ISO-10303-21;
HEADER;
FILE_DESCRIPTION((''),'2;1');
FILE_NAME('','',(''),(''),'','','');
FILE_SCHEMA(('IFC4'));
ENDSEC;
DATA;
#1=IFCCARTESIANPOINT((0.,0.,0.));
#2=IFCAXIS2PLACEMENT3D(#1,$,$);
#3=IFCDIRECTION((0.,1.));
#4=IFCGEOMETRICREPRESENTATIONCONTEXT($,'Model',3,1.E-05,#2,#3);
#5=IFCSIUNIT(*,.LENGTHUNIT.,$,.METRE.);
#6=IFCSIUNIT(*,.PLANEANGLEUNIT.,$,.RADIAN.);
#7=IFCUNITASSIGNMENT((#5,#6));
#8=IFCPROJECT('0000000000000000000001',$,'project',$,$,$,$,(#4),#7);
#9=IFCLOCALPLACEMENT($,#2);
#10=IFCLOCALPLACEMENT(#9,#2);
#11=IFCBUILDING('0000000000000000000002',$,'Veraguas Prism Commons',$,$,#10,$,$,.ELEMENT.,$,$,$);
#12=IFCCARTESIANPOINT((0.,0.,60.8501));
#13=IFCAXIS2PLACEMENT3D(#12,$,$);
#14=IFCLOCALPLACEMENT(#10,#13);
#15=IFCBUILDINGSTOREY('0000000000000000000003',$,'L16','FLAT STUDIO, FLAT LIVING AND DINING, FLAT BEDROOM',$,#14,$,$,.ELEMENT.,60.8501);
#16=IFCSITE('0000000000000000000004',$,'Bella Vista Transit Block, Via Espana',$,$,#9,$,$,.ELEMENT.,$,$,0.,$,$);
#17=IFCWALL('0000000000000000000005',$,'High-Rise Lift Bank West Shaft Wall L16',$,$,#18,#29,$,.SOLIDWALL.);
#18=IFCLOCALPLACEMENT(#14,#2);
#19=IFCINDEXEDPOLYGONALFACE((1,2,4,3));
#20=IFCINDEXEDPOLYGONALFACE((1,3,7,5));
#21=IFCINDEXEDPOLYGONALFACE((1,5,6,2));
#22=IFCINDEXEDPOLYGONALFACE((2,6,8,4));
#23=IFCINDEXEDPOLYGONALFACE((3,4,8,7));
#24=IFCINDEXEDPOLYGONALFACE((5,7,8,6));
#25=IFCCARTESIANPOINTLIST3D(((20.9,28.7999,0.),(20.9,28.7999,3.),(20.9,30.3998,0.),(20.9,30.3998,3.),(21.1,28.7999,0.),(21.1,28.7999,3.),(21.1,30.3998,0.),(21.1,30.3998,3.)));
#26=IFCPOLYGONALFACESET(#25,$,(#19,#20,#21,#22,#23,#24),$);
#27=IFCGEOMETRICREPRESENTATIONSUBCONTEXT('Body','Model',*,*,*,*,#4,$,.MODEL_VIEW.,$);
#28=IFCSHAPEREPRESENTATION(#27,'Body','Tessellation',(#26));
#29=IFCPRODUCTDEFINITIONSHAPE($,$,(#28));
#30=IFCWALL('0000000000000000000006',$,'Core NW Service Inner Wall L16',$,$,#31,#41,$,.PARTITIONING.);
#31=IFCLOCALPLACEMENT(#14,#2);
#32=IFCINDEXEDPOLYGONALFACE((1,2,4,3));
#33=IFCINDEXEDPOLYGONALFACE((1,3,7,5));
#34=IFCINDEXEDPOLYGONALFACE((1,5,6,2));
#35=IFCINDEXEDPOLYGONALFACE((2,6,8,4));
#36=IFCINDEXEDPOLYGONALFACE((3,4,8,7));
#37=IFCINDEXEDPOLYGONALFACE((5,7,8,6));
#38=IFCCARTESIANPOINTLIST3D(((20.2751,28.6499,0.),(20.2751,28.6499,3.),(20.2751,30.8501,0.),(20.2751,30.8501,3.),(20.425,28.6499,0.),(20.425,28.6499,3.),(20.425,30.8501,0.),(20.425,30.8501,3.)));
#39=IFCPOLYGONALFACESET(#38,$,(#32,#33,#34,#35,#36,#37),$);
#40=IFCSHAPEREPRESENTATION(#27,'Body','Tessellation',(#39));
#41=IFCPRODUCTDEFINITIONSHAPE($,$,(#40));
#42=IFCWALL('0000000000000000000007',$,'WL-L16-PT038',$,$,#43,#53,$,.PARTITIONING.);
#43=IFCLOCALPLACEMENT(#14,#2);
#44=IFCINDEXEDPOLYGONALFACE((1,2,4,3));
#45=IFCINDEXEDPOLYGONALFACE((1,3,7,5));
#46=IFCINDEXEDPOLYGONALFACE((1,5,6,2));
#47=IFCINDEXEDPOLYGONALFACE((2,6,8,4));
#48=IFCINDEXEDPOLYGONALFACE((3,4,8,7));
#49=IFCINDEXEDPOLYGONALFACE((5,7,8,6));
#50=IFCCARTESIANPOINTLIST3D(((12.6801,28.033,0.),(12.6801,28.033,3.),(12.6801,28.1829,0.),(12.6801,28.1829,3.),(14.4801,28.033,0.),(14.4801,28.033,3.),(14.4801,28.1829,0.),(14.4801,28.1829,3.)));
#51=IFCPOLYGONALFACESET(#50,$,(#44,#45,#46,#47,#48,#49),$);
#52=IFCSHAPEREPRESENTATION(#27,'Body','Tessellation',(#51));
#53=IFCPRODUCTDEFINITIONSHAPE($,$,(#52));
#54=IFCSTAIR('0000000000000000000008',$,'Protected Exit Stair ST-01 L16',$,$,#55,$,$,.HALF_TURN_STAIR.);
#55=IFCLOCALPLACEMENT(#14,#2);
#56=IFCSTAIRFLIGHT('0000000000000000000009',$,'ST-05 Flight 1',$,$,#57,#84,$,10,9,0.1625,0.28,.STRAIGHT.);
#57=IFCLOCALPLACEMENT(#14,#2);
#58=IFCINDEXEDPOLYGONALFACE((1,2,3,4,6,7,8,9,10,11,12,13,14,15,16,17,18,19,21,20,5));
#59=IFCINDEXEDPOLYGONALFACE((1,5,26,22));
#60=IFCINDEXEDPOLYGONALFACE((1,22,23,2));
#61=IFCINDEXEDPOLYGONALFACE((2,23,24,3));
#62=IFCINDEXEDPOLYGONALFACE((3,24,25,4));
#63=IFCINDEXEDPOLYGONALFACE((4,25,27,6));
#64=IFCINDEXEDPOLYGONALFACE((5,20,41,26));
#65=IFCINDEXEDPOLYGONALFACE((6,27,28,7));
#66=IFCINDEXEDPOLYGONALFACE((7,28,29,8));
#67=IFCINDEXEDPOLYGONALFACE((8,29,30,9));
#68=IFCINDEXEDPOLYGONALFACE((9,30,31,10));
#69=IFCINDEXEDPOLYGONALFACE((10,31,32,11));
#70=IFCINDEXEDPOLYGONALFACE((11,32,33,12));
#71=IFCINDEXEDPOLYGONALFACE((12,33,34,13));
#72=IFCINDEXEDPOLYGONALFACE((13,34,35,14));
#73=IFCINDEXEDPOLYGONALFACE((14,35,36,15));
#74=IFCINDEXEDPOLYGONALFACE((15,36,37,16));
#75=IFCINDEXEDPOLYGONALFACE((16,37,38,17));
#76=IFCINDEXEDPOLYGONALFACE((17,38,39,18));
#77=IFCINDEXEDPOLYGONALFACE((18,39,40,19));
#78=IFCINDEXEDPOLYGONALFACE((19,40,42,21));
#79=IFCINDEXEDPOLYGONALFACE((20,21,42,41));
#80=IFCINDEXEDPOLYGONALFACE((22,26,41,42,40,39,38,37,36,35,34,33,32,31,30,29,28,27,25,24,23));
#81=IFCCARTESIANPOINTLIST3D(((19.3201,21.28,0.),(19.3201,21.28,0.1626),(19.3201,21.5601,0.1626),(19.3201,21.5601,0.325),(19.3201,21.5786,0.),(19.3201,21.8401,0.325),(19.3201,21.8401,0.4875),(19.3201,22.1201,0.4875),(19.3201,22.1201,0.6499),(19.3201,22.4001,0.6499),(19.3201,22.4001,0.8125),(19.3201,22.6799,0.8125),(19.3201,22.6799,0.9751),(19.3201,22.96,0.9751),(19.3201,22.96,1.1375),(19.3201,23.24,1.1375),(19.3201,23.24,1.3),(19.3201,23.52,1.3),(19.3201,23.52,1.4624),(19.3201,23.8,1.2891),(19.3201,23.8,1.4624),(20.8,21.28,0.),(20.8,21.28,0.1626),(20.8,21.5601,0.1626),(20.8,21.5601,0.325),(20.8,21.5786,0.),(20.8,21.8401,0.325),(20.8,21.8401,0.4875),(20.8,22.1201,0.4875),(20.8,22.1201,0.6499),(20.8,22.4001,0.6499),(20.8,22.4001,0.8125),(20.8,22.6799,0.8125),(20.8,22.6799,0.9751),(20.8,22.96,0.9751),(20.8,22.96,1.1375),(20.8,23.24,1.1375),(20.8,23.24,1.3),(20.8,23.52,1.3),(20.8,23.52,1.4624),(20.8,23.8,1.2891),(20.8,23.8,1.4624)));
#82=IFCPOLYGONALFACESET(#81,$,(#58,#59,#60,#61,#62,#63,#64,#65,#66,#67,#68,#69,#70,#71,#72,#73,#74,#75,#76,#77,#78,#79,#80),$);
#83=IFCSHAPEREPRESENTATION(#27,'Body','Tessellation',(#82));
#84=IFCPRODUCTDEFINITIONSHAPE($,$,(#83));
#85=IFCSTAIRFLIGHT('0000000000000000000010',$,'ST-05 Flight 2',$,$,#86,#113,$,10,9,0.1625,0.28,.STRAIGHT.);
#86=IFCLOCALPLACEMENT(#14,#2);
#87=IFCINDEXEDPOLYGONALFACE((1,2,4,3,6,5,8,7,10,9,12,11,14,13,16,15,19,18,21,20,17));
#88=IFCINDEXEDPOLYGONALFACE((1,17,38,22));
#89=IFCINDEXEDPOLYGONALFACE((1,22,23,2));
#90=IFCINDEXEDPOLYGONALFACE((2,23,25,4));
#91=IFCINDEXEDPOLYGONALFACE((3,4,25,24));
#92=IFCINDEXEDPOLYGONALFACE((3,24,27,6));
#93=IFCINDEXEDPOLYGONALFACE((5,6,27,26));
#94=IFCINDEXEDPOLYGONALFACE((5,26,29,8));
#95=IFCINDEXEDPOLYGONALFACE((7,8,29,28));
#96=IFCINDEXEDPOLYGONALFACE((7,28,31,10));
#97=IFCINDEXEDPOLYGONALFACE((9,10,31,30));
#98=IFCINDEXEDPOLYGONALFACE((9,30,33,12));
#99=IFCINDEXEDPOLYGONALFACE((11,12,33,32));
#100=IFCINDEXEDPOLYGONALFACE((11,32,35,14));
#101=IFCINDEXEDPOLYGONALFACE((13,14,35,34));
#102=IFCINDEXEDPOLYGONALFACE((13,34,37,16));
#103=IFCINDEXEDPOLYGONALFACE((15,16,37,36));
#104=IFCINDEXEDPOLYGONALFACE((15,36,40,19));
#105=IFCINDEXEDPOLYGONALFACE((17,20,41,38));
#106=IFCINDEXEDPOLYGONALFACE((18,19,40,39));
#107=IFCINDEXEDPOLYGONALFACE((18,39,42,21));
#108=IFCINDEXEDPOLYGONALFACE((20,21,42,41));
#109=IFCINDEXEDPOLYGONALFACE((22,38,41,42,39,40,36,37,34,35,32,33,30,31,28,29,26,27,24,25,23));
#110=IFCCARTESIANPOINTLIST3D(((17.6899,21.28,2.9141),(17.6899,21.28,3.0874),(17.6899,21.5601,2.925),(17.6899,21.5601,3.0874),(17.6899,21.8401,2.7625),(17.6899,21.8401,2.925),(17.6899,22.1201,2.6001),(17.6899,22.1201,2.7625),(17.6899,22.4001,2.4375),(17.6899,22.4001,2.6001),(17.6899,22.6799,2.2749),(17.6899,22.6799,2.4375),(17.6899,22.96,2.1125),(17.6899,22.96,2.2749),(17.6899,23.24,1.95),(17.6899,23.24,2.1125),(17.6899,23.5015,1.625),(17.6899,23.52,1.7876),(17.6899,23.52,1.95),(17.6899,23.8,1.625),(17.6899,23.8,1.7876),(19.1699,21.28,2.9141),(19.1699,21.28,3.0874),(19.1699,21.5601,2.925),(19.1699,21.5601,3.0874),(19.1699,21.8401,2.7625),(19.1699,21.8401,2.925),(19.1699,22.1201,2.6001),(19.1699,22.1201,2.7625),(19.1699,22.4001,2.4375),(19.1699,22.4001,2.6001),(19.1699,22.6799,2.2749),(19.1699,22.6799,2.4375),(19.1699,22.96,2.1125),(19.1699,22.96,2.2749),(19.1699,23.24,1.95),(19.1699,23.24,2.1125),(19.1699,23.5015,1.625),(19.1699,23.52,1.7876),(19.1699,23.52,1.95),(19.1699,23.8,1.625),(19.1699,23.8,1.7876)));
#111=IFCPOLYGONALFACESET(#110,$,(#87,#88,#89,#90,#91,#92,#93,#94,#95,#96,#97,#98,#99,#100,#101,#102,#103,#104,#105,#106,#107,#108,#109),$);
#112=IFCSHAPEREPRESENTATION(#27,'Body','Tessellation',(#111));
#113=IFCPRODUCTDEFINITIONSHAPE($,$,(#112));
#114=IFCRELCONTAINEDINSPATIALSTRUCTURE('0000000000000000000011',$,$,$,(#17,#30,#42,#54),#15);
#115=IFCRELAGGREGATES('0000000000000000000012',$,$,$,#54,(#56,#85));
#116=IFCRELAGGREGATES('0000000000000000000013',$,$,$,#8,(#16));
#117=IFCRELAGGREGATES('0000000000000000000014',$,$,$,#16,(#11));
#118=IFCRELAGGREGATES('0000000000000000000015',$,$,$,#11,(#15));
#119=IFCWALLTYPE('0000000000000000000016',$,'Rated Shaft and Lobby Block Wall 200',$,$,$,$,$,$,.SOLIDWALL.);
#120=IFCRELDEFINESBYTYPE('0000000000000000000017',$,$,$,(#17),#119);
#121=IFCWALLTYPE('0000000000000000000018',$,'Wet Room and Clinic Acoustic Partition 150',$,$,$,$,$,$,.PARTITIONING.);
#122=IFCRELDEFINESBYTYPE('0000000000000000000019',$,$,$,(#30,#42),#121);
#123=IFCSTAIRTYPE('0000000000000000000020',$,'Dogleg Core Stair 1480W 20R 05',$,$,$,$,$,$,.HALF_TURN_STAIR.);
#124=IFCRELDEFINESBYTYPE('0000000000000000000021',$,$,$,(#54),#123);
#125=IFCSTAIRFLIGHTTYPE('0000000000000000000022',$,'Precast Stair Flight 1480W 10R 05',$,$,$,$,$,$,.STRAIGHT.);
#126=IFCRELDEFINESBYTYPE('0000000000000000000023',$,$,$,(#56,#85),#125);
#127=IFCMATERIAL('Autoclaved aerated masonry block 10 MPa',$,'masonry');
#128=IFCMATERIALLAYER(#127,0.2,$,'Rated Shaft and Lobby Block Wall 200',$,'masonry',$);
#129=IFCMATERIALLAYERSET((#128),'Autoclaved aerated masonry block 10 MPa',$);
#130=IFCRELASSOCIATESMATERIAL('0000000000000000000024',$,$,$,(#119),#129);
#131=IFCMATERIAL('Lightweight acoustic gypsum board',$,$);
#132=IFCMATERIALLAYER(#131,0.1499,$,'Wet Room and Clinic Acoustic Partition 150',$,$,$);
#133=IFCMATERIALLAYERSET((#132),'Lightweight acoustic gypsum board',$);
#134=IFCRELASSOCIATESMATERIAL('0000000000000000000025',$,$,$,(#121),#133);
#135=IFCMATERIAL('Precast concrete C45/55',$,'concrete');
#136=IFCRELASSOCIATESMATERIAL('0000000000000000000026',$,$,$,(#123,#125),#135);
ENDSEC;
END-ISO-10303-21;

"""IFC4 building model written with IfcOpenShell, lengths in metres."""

from ifc_helpers import new_model, si_unit, direction, frame, frame_2d, origin, place, context, subcontext, project, spatial, polyline, rectangle, outline, extrude, material, layer, layer_set, type_object, element, aggregate, save


model = new_model("IFC4")

# Units and contexts
model_context = context("Model", 3, precision=1e-05, world=origin(), true_north=direction((0.0, 1.0)))
body_context = subcontext(model_context, "Body", "Model", "MODEL_VIEW")
ifc_project = project(units=[si_unit("LENGTHUNIT", "METRE"), si_unit("PLANEANGLEUNIT", "RADIAN")], contexts=[model_context])

# Site, building, storey
site_placement = place(None, origin())
site = spatial("IfcSite", under=ifc_project, at=site_placement, Name="Bella Vista Transit Block, Via Espana", CompositionType="ELEMENT", RefElevation=0.0)
building_placement = place(site_placement, origin())
building = spatial("IfcBuilding", under=site, at=building_placement, Name="Veraguas Prism Commons", CompositionType="ELEMENT")
storey_placement = place(building_placement, frame((0.0, 0.0, 60.8501)))
storey = spatial("IfcBuildingStorey", under=building, at=storey_placement, Name="L16", Description="FLAT STUDIO, FLAT LIVING AND DINING, FLAT BEDROOM", CompositionType="ELEMENT", Elevation=60.8501)

# Shared definitions
ifc_material_1 = material(Name="Autoclaved aerated masonry block 10 MPa", Category="masonry")

# Shared definitions
ifc_material_2 = material(Name="Lightweight acoustic gypsum board")

# Walls
ifc_layer_1 = layer(ifc_material_1, 0.2, Name="Rated Shaft and Lobby Block Wall 200", Category="masonry")
ifc_layer_set_1 = layer_set([ifc_layer_1], Name="Autoclaved aerated masonry block 10 MPa")
wall_type_1 = type_object("IfcWallType", Name="Rated Shaft and Lobby Block Wall 200", PredefinedType="SOLIDWALL", material=ifc_layer_set_1)
wall_1_placement = place(storey_placement, frame((21.0, 28.8, 0.0), z_axis=(0.0, 0.0, 1.0), x_axis=(0.0, 1.0, 0.0)))
element("IfcWall", 1, at=wall_1_placement, inside=storey, type_object=wall_type_1, Name="High-Rise Lift Bank West Shaft Wall L16", PredefinedType="SOLIDWALL", context=body_context, shape_type="SweptSolid", body=[
    extrude(rectangle(XDim=1.5999, YDim=0.2, at=frame_2d((0.7998, 0.0))), origin(), (0.0, 0.0, 1.0), 3.0),
])
ifc_layer_2 = layer(ifc_material_2, 0.1499, Name="Wet Room and Clinic Acoustic Partition 150")
ifc_layer_set_2 = layer_set([ifc_layer_2], Name="Lightweight acoustic gypsum board")
wall_type_2 = type_object("IfcWallType", Name="Wet Room and Clinic Acoustic Partition 150", PredefinedType="PARTITIONING", material=ifc_layer_set_2)
wall_2_placement = place(storey_placement, frame((20.3501, 28.6499, 0.0), z_axis=(0.0, 0.0, 1.0), x_axis=(0.0, 1.0, 0.0)))
element("IfcWall", 2, at=wall_2_placement, inside=storey, type_object=wall_type_2, Name="Core NW Service Inner Wall L16", PredefinedType="PARTITIONING", context=body_context, shape_type="SweptSolid", body=[
    extrude(rectangle(XDim=2.2002, YDim=0.1499, at=frame_2d((1.1001, 0.0))), origin(), (0.0, 0.0, 1.0), 3.0),
])
wall_3_placement = place(storey_placement, frame((14.48, 28.1079, 0.0), z_axis=(0.0, 0.0, 1.0), x_axis=(-1.0, 0.0, 0.0)))
element("IfcWall", 3, at=wall_3_placement, inside=storey, type_object=wall_type_2, Name="WL-L16-PT038", PredefinedType="PARTITIONING", context=body_context, shape_type="SweptSolid", body=[
    extrude(rectangle(XDim=1.8, YDim=0.1499, at=frame_2d((0.8999, 0.0))), origin(), (0.0, 0.0, 1.0), 3.0),
])

# Stair, stair flights
ifc_material_3 = material(Name="Precast concrete C45/55", Category="concrete")
stair_type = type_object("IfcStairType", Name="Dogleg Core Stair 1480W 20R 05", PredefinedType="HALF_TURN_STAIR", material=ifc_material_3)
stair_placement = place(storey_placement, origin())
stair = element("IfcStair", 4, at=stair_placement, inside=storey, type_object=stair_type, Name="Protected Exit Stair ST-01 L16", PredefinedType="HALF_TURN_STAIR")
stair_flight_type = type_object("IfcStairFlightType", Name="Precast Stair Flight 1480W 10R 05", PredefinedType="STRAIGHT", material=ifc_material_3)
stair_flight_1_placement = place(storey_placement, frame((20.0601, 21.28, 0.0), z_axis=(0.0, 0.0, 1.0), x_axis=(0.0, 1.0, 0.0)))
stair_flight_1 = element("IfcStairFlight", 5, at=stair_flight_1_placement, type_object=stair_flight_type, Name="ST-05 Flight 1", NumberOfRisers=10, NumberOfTreads=9, PredefinedType="STRAIGHT", RiserHeight=0.1625, TreadLength=0.28, context=body_context, shape_type="SweptSolid", body=[
    extrude(outline(polyline([(0.0, 0.0), (0.0, 0.1626), (0.28, 0.1626), (0.28, 0.325), (0.5601, 0.325), (0.5601, 0.4875), (0.8401, 0.4875), (0.8401, 0.6499), (1.1201, 0.6499), (1.1201, 0.8125), (1.3999, 0.8125), (1.3999, 0.9751), (1.6799, 0.9751), (1.6799, 1.1375), (1.96, 1.1375), (1.96, 1.3), (2.24, 1.3), (2.24, 1.4624), (2.52, 1.4624), (2.52, 1.625), (2.52, 1.2891), (0.2986, 0.0), (0.0, 0.0)])), frame((0.0, 0.74, 0.0), z_axis=(0.0, -1.0, 0.0), x_axis=(1.0, 0.0, 0.0)), (0.0, 0.0, 1.0), 1.48),
])
stair_flight_2_placement = place(storey_placement, frame((18.4299, 23.8, 1.625), z_axis=(0.0, 0.0, 1.0), x_axis=(0.0, -1.0, 0.0)))
stair_flight_2 = element("IfcStairFlight", 6, at=stair_flight_2_placement, type_object=stair_flight_type, Name="ST-05 Flight 2", NumberOfRisers=10, NumberOfTreads=9, PredefinedType="STRAIGHT", RiserHeight=0.1625, TreadLength=0.28, context=body_context, shape_type="SweptSolid", body=[
    extrude(outline(polyline([(0.0, 0.0), (0.0, 0.1626), (0.28, 0.1626), (0.28, 0.325), (0.5601, 0.325), (0.5601, 0.4875), (0.8401, 0.4875), (0.8401, 0.6499), (1.1201, 0.6499), (1.1201, 0.8125), (1.3999, 0.8125), (1.3999, 0.9751), (1.6799, 0.9751), (1.6799, 1.1375), (1.96, 1.1375), (1.96, 1.3), (2.24, 1.3), (2.24, 1.4624), (2.52, 1.4624), (2.52, 1.625), (2.52, 1.2891), (0.2986, 0.0), (0.0, 0.0)])), frame((0.0, 0.74, 0.0), z_axis=(0.0, -1.0, 0.0), x_axis=(1.0, 0.0, 0.0)), (0.0, 0.0, 1.0), 1.48),
])
aggregate(stair, [stair_flight_1, stair_flight_2])

save(model, "model.ifc")
